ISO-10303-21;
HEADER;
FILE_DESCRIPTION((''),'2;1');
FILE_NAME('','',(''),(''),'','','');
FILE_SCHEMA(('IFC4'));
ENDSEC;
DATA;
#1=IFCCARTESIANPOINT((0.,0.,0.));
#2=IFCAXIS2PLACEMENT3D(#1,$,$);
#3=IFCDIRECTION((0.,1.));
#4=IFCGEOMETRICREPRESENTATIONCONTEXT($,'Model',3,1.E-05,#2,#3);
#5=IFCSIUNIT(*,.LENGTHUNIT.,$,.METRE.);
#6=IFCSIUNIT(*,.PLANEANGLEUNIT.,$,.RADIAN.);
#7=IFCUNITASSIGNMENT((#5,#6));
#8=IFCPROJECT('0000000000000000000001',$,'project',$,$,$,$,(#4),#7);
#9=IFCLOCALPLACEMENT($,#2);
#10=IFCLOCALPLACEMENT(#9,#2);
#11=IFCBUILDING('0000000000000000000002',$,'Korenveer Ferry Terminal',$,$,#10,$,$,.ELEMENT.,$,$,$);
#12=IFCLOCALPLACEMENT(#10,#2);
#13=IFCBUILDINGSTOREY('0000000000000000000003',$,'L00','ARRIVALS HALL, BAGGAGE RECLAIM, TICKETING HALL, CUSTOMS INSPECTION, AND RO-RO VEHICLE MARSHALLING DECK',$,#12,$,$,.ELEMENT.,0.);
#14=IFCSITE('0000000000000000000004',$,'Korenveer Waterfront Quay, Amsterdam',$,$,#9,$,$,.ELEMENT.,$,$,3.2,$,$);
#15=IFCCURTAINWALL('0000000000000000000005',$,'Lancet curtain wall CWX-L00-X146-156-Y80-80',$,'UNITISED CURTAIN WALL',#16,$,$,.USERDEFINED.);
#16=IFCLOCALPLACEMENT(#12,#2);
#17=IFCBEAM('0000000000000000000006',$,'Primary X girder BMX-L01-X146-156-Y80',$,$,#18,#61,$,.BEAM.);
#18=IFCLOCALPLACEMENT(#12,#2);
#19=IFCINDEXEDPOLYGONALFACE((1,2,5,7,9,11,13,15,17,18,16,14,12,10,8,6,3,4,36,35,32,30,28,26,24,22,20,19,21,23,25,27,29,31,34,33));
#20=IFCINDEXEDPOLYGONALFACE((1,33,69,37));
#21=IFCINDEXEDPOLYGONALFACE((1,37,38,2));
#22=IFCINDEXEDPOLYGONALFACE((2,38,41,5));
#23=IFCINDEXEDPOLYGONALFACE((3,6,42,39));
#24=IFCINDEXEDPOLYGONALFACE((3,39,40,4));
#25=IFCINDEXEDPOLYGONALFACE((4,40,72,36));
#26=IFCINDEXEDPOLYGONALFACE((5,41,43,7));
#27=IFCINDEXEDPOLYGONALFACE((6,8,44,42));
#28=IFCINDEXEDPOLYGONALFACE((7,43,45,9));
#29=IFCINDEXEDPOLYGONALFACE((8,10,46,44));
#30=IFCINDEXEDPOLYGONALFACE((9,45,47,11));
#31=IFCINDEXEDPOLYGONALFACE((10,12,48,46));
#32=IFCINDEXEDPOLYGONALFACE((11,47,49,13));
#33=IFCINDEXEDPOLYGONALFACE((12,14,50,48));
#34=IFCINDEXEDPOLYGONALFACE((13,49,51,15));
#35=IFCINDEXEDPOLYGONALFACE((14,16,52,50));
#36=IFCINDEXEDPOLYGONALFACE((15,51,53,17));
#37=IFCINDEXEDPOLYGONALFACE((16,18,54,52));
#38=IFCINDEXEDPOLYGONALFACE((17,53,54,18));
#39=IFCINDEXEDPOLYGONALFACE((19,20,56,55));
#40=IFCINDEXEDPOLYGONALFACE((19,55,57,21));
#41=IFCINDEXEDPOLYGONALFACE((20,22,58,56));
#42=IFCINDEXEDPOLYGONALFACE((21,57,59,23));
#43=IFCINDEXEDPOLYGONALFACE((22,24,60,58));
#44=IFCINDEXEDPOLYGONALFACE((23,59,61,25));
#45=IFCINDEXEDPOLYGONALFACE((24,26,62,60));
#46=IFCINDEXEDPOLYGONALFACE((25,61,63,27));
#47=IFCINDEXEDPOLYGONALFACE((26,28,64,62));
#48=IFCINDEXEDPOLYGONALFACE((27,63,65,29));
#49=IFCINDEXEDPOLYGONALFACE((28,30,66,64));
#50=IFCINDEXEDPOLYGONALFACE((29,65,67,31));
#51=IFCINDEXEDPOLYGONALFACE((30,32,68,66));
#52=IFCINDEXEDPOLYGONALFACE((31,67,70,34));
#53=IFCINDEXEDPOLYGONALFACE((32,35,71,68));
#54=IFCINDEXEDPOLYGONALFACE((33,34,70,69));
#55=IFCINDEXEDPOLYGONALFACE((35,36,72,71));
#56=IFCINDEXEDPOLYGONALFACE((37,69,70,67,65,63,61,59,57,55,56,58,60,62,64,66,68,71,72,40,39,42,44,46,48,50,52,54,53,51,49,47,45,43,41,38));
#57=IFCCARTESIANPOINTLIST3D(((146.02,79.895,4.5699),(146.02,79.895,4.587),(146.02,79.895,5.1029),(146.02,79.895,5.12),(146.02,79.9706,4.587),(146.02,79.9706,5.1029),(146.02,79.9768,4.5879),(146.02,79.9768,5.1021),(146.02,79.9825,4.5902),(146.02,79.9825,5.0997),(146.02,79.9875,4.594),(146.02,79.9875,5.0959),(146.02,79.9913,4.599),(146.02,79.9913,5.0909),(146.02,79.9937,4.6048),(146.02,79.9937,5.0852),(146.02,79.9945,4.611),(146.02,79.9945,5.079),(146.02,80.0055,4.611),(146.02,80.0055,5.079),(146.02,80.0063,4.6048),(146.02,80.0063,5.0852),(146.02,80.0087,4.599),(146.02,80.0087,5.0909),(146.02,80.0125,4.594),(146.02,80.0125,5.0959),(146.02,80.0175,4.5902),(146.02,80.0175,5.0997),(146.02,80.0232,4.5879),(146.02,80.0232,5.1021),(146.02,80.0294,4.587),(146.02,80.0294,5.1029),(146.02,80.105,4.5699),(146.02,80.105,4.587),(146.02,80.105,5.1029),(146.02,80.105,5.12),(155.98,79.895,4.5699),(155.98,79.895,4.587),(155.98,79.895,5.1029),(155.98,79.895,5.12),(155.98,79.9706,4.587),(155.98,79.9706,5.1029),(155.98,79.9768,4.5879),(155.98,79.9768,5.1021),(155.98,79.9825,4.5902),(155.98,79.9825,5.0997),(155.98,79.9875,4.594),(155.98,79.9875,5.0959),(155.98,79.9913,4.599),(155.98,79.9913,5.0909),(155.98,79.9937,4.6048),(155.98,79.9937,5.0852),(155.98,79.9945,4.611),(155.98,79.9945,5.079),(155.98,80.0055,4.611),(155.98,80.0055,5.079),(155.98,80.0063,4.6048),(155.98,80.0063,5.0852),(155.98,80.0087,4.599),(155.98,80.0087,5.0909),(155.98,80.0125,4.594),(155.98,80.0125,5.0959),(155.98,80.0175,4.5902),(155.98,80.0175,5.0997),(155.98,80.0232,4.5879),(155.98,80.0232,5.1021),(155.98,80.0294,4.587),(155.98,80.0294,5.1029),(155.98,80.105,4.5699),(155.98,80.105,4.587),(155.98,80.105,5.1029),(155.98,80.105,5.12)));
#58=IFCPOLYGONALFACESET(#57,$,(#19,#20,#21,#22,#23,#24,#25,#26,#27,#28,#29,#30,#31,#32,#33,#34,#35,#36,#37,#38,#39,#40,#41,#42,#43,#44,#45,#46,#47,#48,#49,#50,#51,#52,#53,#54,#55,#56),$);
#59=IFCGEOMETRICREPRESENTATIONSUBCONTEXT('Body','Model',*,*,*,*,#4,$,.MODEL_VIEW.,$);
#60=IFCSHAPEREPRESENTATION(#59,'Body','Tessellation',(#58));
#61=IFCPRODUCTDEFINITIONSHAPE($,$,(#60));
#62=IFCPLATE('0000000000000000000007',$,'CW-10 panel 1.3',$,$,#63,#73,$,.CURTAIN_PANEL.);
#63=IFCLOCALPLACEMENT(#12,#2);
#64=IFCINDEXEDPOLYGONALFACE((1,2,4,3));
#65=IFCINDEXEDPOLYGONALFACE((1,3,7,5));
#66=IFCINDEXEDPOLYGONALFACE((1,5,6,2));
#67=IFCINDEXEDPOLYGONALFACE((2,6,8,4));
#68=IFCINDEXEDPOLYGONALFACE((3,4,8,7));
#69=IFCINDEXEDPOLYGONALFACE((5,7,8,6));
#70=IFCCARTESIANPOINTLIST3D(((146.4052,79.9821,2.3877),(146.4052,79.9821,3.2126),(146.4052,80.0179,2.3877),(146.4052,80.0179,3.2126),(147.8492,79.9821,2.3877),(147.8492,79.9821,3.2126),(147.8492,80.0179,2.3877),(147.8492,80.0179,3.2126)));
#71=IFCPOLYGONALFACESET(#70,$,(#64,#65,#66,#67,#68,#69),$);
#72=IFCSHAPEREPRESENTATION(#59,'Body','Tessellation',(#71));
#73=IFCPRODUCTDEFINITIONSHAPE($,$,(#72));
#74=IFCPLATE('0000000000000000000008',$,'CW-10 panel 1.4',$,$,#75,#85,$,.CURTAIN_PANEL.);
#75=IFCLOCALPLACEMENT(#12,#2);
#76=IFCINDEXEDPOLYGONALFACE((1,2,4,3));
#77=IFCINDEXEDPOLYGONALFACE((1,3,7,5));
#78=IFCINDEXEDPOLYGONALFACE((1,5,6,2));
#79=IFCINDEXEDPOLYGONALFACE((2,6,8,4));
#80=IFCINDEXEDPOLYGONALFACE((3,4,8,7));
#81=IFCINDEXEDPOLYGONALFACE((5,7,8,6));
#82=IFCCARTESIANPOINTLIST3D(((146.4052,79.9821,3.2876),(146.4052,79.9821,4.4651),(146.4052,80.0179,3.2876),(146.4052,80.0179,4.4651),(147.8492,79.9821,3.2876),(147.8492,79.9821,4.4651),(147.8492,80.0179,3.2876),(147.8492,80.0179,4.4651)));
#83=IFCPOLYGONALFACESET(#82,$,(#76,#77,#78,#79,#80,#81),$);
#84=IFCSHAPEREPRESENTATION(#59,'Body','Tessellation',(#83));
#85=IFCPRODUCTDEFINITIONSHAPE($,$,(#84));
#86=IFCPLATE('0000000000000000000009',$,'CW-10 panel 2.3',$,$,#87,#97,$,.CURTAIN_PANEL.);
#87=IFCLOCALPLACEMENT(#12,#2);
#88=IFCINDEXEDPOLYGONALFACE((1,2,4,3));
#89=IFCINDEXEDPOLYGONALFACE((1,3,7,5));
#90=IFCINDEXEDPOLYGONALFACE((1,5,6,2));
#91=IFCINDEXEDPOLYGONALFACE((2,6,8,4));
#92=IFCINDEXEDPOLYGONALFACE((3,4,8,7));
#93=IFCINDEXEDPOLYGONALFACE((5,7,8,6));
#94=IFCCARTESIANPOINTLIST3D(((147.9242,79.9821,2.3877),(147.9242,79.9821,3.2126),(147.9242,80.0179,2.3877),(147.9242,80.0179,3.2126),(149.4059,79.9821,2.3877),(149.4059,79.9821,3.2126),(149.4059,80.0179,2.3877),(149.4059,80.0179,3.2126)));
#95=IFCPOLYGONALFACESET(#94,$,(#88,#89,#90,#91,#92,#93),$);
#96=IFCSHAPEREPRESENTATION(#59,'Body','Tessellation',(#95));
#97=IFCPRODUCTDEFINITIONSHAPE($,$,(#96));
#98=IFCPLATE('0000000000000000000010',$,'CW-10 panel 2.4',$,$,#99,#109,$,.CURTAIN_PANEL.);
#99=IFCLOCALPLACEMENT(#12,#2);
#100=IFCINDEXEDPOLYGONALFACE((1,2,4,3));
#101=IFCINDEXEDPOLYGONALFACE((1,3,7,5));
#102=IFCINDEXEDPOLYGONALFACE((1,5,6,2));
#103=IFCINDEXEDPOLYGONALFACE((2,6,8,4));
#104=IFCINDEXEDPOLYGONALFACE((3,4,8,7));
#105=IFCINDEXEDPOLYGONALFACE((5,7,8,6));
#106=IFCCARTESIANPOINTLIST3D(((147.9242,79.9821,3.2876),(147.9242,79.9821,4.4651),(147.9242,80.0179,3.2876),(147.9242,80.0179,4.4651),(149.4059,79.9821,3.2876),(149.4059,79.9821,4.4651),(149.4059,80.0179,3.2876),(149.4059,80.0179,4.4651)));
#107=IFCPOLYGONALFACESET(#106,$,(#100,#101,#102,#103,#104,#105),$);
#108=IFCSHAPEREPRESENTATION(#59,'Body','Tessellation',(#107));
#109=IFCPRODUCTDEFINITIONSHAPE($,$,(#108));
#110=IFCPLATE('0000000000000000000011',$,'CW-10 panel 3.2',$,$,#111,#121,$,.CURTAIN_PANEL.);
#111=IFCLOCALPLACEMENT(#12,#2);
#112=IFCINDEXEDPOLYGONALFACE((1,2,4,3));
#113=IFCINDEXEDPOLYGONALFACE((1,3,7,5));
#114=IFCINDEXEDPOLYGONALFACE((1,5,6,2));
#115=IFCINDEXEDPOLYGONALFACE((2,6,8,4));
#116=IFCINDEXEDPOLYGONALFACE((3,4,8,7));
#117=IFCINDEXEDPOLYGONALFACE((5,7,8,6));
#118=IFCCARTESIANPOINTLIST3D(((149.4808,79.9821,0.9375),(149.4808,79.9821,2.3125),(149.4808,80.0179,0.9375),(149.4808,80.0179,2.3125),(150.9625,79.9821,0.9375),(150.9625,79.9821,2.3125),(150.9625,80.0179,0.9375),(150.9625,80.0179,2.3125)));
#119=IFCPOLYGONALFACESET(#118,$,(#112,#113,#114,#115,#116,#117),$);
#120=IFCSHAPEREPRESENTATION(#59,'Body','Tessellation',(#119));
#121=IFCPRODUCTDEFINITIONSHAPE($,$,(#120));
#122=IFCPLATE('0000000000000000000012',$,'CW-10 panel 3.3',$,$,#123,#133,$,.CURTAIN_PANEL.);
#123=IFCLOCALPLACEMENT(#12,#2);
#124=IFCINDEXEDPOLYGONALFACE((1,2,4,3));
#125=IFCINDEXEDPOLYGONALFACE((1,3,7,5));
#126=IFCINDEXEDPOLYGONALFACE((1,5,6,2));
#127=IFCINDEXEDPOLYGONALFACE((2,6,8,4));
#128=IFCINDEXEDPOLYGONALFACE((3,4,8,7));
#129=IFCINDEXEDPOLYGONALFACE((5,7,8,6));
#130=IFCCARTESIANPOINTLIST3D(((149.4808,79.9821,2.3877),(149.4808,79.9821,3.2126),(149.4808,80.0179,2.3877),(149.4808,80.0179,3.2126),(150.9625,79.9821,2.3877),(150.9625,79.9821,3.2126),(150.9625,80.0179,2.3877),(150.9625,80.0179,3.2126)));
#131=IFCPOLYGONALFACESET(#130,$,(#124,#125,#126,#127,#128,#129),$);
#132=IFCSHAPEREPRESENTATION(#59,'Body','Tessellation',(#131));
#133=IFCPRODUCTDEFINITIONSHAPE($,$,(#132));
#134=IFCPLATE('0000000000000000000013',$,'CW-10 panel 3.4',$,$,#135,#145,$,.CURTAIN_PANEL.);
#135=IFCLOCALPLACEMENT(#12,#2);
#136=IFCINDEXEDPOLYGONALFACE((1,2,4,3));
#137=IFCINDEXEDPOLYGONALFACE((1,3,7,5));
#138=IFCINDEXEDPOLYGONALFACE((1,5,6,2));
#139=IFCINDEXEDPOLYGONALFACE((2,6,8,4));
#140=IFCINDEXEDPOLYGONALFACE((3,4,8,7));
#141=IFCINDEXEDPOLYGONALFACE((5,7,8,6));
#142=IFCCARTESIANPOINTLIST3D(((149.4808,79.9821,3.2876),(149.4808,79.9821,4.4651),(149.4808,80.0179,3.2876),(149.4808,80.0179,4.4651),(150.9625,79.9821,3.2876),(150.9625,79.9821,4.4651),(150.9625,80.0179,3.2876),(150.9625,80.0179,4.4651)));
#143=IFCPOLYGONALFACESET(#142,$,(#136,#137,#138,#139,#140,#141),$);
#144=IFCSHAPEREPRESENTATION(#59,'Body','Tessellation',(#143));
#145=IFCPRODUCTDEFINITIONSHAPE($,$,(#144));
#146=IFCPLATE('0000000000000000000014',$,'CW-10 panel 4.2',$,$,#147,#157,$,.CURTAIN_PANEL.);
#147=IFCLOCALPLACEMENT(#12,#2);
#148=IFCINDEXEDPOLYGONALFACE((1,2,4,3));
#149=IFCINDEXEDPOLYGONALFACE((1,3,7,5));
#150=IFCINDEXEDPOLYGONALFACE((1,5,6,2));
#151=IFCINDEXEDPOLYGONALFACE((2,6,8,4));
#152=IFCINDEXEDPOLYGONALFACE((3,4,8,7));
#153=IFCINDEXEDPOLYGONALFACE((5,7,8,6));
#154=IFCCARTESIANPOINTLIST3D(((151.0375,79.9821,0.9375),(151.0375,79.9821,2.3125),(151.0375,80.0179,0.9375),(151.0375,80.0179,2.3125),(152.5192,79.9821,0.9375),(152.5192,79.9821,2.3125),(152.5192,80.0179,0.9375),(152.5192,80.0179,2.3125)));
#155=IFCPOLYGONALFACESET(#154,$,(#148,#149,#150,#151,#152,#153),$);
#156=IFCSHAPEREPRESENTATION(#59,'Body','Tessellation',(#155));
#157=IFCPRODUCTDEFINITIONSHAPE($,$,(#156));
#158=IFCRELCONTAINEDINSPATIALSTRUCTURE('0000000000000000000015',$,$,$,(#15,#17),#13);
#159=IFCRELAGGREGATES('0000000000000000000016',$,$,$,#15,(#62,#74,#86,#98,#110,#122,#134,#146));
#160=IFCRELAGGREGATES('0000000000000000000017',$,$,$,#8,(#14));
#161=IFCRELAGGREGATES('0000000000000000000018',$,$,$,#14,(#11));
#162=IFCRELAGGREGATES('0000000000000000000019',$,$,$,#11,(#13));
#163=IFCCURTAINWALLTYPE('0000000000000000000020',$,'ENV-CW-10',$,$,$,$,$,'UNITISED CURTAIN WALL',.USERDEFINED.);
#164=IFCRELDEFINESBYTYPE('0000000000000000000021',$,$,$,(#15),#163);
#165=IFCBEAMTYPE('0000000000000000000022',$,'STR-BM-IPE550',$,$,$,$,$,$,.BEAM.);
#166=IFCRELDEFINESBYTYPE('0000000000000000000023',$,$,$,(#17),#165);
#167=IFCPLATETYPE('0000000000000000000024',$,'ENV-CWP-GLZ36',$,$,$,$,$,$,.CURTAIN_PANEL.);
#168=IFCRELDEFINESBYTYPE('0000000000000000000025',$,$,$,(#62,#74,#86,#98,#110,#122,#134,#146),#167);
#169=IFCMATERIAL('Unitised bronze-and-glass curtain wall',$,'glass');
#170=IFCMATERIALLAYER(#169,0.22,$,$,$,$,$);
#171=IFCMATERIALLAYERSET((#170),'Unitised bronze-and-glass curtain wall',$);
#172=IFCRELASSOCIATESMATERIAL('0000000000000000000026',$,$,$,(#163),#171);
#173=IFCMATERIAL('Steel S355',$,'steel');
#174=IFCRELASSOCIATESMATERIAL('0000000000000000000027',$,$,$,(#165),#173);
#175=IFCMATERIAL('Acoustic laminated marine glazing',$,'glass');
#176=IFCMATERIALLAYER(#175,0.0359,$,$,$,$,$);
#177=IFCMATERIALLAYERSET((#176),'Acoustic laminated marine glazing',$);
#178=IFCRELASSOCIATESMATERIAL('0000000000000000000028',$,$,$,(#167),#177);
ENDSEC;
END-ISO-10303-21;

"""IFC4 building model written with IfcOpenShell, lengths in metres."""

from ifc_helpers import new_model, si_unit, direction, frame, origin, origin_2d, place, context, subcontext, project, spatial, rectangle, i_section, extrude, material, layer, layer_set, material_profile, profile_set, type_object, element, aggregate, save


model = new_model("IFC4")

# Units and contexts
model_context = context("Model", 3, precision=1e-05, world=origin(), true_north=direction((0.0, 1.0)))
body_context = subcontext(model_context, "Body", "Model", "MODEL_VIEW")
ifc_project = project(units=[si_unit("LENGTHUNIT", "METRE"), si_unit("PLANEANGLEUNIT", "RADIAN")], contexts=[model_context])

# Site, building, storey
site_placement = place(None, origin())
site = spatial("IfcSite", under=ifc_project, at=site_placement, Name="Korenveer Waterfront Quay, Amsterdam", CompositionType="ELEMENT", RefElevation=3.2)
building_placement = place(site_placement, origin())
building = spatial("IfcBuilding", under=site, at=building_placement, Name="Korenveer Ferry Terminal", CompositionType="ELEMENT")
storey_placement = place(building_placement, origin())
storey = spatial("IfcBuildingStorey", under=building, at=storey_placement, Name="L00", Description="ARRIVALS HALL, BAGGAGE RECLAIM, TICKETING HALL, CUSTOMS INSPECTION, AND RO-RO VEHICLE MARSHALLING DECK", CompositionType="ELEMENT", Elevation=0.0)

# Curtain wall
ifc_material_1 = material(Name="Unitised bronze-and-glass curtain wall", Category="glass")
ifc_layer_1 = layer(ifc_material_1, 0.22)
ifc_layer_set_1 = layer_set([ifc_layer_1], Name="Unitised bronze-and-glass curtain wall")
curtain_wall_type = type_object("IfcCurtainWallType", Name="ENV-CW-10", ElementType="UNITISED CURTAIN WALL", PredefinedType="USERDEFINED", material=ifc_layer_set_1)
curtain_wall_placement = place(storey_placement, frame((146.3301, 80.0, 0.0)))
curtain_wall = element("IfcCurtainWall", 1, at=curtain_wall_placement, inside=storey, type_object=curtain_wall_type, Name="Lancet curtain wall CWX-L00-X146-156-Y80-80", ObjectType="UNITISED CURTAIN WALL", PredefinedType="USERDEFINED")

# Beam
ifc_material_2 = material(Name="Steel S355", Category="steel")
ifc_material_profile_1 = material_profile(ifc_material_2, i_section(OverallWidth=0.21, OverallDepth=0.55, WebThickness=0.011, FlangeThickness=0.0171, FilletRadius=0.0239, at=origin_2d()), Name="IPE 550")
ifc_profile_set_1 = profile_set([ifc_material_profile_1], Name="Steel S355")
beam_type = type_object("IfcBeamType", Name="STR-BM-IPE550", PredefinedType="BEAM", material=ifc_profile_set_1)
beam_placement = place(storey_placement, frame((146.02, 80.0, 4.845), z_axis=(1.0, 0.0, 0.0), x_axis=(0.0, 1.0, 0.0)))
element("IfcBeam", 2, at=beam_placement, inside=storey, type_object=beam_type, Name="Primary X girder BMX-L01-X146-156-Y80", PredefinedType="BEAM", context=body_context, shape_type="SweptSolid", body=[
    extrude(i_section(OverallWidth=0.21, OverallDepth=0.55, WebThickness=0.011, FlangeThickness=0.0171, FilletRadius=0.0239, at=origin_2d()), origin(), (0.0, 0.0, 1.0), 9.96),
])

# Plates
ifc_material_3 = material(Name="Acoustic laminated marine glazing", Category="glass")
ifc_layer_2 = layer(ifc_material_3, 0.0359)
ifc_layer_set_2 = layer_set([ifc_layer_2], Name="Acoustic laminated marine glazing")
plate_type = type_object("IfcPlateType", Name="ENV-CWP-GLZ36", PredefinedType="CURTAIN_PANEL", material=ifc_layer_set_2)
plate_1_placement = place(storey_placement, frame((147.1272, 80.0, 2.3877), z_axis=(0.0, 0.0, 1.0), x_axis=(1.0, 0.0, 0.0)))
plate_1 = element("IfcPlate", 3, at=plate_1_placement, type_object=plate_type, Name="CW-10 panel 1.3", PredefinedType="CURTAIN_PANEL", context=body_context, shape_type="SweptSolid", body=[
    extrude(rectangle(XDim=1.4441, YDim=0.0359, at=origin_2d()), origin(), (0.0, 0.0, 1.0), 0.825),
])
plate_2_placement = place(storey_placement, frame((147.1272, 80.0, 3.2876), z_axis=(0.0, 0.0, 1.0), x_axis=(1.0, 0.0, 0.0)))
plate_2 = element("IfcPlate", 4, at=plate_2_placement, type_object=plate_type, Name="CW-10 panel 1.4", PredefinedType="CURTAIN_PANEL", context=body_context, shape_type="SweptSolid", body=[
    extrude(rectangle(XDim=1.4441, YDim=0.0359, at=origin_2d()), origin(), (0.0, 0.0, 1.0), 1.1775),
])
plate_3_placement = place(storey_placement, frame((148.665, 80.0, 2.3877), z_axis=(0.0, 0.0, 1.0), x_axis=(1.0, 0.0, 0.0)))
plate_3 = element("IfcPlate", 5, at=plate_3_placement, type_object=plate_type, Name="CW-10 panel 2.3", PredefinedType="CURTAIN_PANEL", context=body_context, shape_type="SweptSolid", body=[
    extrude(rectangle(XDim=1.4817, YDim=0.0359, at=origin_2d()), origin(), (0.0, 0.0, 1.0), 0.825),
])
plate_4_placement = place(storey_placement, frame((148.665, 80.0, 3.2876), z_axis=(0.0, 0.0, 1.0), x_axis=(1.0, 0.0, 0.0)))
plate_4 = element("IfcPlate", 6, at=plate_4_placement, type_object=plate_type, Name="CW-10 panel 2.4", PredefinedType="CURTAIN_PANEL", context=body_context, shape_type="SweptSolid", body=[
    extrude(rectangle(XDim=1.4817, YDim=0.0359, at=origin_2d()), origin(), (0.0, 0.0, 1.0), 1.1775),
])
plate_5_placement = place(storey_placement, frame((150.2217, 80.0, 0.9375), z_axis=(0.0, 0.0, 1.0), x_axis=(1.0, 0.0, 0.0)))
plate_5 = element("IfcPlate", 7, at=plate_5_placement, type_object=plate_type, Name="CW-10 panel 3.2", PredefinedType="CURTAIN_PANEL", context=body_context, shape_type="SweptSolid", body=[
    extrude(rectangle(XDim=1.4817, YDim=0.0359, at=origin_2d()), origin(), (0.0, 0.0, 1.0), 1.375),
])
plate_6_placement = place(storey_placement, frame((150.2217, 80.0, 2.3877), z_axis=(0.0, 0.0, 1.0), x_axis=(1.0, 0.0, 0.0)))
plate_6 = element("IfcPlate", 8, at=plate_6_placement, type_object=plate_type, Name="CW-10 panel 3.3", PredefinedType="CURTAIN_PANEL", context=body_context, shape_type="SweptSolid", body=[
    extrude(rectangle(XDim=1.4817, YDim=0.0359, at=origin_2d()), origin(), (0.0, 0.0, 1.0), 0.825),
])
plate_7_placement = place(storey_placement, frame((150.2217, 80.0, 3.2876), z_axis=(0.0, 0.0, 1.0), x_axis=(1.0, 0.0, 0.0)))
plate_7 = element("IfcPlate", 9, at=plate_7_placement, type_object=plate_type, Name="CW-10 panel 3.4", PredefinedType="CURTAIN_PANEL", context=body_context, shape_type="SweptSolid", body=[
    extrude(rectangle(XDim=1.4817, YDim=0.0359, at=origin_2d()), origin(), (0.0, 0.0, 1.0), 1.1775),
])
plate_8_placement = place(storey_placement, frame((151.7783, 80.0, 0.9375), z_axis=(0.0, 0.0, 1.0), x_axis=(1.0, 0.0, 0.0)))
plate_8 = element("IfcPlate", 10, at=plate_8_placement, type_object=plate_type, Name="CW-10 panel 4.2", PredefinedType="CURTAIN_PANEL", context=body_context, shape_type="SweptSolid", body=[
    extrude(rectangle(XDim=1.4817, YDim=0.0359, at=origin_2d()), origin(), (0.0, 0.0, 1.0), 1.375),
])
aggregate(curtain_wall, [plate_1, plate_2, plate_3, plate_4, plate_5, plate_6, plate_7, plate_8])

save(model, "model.ifc")
